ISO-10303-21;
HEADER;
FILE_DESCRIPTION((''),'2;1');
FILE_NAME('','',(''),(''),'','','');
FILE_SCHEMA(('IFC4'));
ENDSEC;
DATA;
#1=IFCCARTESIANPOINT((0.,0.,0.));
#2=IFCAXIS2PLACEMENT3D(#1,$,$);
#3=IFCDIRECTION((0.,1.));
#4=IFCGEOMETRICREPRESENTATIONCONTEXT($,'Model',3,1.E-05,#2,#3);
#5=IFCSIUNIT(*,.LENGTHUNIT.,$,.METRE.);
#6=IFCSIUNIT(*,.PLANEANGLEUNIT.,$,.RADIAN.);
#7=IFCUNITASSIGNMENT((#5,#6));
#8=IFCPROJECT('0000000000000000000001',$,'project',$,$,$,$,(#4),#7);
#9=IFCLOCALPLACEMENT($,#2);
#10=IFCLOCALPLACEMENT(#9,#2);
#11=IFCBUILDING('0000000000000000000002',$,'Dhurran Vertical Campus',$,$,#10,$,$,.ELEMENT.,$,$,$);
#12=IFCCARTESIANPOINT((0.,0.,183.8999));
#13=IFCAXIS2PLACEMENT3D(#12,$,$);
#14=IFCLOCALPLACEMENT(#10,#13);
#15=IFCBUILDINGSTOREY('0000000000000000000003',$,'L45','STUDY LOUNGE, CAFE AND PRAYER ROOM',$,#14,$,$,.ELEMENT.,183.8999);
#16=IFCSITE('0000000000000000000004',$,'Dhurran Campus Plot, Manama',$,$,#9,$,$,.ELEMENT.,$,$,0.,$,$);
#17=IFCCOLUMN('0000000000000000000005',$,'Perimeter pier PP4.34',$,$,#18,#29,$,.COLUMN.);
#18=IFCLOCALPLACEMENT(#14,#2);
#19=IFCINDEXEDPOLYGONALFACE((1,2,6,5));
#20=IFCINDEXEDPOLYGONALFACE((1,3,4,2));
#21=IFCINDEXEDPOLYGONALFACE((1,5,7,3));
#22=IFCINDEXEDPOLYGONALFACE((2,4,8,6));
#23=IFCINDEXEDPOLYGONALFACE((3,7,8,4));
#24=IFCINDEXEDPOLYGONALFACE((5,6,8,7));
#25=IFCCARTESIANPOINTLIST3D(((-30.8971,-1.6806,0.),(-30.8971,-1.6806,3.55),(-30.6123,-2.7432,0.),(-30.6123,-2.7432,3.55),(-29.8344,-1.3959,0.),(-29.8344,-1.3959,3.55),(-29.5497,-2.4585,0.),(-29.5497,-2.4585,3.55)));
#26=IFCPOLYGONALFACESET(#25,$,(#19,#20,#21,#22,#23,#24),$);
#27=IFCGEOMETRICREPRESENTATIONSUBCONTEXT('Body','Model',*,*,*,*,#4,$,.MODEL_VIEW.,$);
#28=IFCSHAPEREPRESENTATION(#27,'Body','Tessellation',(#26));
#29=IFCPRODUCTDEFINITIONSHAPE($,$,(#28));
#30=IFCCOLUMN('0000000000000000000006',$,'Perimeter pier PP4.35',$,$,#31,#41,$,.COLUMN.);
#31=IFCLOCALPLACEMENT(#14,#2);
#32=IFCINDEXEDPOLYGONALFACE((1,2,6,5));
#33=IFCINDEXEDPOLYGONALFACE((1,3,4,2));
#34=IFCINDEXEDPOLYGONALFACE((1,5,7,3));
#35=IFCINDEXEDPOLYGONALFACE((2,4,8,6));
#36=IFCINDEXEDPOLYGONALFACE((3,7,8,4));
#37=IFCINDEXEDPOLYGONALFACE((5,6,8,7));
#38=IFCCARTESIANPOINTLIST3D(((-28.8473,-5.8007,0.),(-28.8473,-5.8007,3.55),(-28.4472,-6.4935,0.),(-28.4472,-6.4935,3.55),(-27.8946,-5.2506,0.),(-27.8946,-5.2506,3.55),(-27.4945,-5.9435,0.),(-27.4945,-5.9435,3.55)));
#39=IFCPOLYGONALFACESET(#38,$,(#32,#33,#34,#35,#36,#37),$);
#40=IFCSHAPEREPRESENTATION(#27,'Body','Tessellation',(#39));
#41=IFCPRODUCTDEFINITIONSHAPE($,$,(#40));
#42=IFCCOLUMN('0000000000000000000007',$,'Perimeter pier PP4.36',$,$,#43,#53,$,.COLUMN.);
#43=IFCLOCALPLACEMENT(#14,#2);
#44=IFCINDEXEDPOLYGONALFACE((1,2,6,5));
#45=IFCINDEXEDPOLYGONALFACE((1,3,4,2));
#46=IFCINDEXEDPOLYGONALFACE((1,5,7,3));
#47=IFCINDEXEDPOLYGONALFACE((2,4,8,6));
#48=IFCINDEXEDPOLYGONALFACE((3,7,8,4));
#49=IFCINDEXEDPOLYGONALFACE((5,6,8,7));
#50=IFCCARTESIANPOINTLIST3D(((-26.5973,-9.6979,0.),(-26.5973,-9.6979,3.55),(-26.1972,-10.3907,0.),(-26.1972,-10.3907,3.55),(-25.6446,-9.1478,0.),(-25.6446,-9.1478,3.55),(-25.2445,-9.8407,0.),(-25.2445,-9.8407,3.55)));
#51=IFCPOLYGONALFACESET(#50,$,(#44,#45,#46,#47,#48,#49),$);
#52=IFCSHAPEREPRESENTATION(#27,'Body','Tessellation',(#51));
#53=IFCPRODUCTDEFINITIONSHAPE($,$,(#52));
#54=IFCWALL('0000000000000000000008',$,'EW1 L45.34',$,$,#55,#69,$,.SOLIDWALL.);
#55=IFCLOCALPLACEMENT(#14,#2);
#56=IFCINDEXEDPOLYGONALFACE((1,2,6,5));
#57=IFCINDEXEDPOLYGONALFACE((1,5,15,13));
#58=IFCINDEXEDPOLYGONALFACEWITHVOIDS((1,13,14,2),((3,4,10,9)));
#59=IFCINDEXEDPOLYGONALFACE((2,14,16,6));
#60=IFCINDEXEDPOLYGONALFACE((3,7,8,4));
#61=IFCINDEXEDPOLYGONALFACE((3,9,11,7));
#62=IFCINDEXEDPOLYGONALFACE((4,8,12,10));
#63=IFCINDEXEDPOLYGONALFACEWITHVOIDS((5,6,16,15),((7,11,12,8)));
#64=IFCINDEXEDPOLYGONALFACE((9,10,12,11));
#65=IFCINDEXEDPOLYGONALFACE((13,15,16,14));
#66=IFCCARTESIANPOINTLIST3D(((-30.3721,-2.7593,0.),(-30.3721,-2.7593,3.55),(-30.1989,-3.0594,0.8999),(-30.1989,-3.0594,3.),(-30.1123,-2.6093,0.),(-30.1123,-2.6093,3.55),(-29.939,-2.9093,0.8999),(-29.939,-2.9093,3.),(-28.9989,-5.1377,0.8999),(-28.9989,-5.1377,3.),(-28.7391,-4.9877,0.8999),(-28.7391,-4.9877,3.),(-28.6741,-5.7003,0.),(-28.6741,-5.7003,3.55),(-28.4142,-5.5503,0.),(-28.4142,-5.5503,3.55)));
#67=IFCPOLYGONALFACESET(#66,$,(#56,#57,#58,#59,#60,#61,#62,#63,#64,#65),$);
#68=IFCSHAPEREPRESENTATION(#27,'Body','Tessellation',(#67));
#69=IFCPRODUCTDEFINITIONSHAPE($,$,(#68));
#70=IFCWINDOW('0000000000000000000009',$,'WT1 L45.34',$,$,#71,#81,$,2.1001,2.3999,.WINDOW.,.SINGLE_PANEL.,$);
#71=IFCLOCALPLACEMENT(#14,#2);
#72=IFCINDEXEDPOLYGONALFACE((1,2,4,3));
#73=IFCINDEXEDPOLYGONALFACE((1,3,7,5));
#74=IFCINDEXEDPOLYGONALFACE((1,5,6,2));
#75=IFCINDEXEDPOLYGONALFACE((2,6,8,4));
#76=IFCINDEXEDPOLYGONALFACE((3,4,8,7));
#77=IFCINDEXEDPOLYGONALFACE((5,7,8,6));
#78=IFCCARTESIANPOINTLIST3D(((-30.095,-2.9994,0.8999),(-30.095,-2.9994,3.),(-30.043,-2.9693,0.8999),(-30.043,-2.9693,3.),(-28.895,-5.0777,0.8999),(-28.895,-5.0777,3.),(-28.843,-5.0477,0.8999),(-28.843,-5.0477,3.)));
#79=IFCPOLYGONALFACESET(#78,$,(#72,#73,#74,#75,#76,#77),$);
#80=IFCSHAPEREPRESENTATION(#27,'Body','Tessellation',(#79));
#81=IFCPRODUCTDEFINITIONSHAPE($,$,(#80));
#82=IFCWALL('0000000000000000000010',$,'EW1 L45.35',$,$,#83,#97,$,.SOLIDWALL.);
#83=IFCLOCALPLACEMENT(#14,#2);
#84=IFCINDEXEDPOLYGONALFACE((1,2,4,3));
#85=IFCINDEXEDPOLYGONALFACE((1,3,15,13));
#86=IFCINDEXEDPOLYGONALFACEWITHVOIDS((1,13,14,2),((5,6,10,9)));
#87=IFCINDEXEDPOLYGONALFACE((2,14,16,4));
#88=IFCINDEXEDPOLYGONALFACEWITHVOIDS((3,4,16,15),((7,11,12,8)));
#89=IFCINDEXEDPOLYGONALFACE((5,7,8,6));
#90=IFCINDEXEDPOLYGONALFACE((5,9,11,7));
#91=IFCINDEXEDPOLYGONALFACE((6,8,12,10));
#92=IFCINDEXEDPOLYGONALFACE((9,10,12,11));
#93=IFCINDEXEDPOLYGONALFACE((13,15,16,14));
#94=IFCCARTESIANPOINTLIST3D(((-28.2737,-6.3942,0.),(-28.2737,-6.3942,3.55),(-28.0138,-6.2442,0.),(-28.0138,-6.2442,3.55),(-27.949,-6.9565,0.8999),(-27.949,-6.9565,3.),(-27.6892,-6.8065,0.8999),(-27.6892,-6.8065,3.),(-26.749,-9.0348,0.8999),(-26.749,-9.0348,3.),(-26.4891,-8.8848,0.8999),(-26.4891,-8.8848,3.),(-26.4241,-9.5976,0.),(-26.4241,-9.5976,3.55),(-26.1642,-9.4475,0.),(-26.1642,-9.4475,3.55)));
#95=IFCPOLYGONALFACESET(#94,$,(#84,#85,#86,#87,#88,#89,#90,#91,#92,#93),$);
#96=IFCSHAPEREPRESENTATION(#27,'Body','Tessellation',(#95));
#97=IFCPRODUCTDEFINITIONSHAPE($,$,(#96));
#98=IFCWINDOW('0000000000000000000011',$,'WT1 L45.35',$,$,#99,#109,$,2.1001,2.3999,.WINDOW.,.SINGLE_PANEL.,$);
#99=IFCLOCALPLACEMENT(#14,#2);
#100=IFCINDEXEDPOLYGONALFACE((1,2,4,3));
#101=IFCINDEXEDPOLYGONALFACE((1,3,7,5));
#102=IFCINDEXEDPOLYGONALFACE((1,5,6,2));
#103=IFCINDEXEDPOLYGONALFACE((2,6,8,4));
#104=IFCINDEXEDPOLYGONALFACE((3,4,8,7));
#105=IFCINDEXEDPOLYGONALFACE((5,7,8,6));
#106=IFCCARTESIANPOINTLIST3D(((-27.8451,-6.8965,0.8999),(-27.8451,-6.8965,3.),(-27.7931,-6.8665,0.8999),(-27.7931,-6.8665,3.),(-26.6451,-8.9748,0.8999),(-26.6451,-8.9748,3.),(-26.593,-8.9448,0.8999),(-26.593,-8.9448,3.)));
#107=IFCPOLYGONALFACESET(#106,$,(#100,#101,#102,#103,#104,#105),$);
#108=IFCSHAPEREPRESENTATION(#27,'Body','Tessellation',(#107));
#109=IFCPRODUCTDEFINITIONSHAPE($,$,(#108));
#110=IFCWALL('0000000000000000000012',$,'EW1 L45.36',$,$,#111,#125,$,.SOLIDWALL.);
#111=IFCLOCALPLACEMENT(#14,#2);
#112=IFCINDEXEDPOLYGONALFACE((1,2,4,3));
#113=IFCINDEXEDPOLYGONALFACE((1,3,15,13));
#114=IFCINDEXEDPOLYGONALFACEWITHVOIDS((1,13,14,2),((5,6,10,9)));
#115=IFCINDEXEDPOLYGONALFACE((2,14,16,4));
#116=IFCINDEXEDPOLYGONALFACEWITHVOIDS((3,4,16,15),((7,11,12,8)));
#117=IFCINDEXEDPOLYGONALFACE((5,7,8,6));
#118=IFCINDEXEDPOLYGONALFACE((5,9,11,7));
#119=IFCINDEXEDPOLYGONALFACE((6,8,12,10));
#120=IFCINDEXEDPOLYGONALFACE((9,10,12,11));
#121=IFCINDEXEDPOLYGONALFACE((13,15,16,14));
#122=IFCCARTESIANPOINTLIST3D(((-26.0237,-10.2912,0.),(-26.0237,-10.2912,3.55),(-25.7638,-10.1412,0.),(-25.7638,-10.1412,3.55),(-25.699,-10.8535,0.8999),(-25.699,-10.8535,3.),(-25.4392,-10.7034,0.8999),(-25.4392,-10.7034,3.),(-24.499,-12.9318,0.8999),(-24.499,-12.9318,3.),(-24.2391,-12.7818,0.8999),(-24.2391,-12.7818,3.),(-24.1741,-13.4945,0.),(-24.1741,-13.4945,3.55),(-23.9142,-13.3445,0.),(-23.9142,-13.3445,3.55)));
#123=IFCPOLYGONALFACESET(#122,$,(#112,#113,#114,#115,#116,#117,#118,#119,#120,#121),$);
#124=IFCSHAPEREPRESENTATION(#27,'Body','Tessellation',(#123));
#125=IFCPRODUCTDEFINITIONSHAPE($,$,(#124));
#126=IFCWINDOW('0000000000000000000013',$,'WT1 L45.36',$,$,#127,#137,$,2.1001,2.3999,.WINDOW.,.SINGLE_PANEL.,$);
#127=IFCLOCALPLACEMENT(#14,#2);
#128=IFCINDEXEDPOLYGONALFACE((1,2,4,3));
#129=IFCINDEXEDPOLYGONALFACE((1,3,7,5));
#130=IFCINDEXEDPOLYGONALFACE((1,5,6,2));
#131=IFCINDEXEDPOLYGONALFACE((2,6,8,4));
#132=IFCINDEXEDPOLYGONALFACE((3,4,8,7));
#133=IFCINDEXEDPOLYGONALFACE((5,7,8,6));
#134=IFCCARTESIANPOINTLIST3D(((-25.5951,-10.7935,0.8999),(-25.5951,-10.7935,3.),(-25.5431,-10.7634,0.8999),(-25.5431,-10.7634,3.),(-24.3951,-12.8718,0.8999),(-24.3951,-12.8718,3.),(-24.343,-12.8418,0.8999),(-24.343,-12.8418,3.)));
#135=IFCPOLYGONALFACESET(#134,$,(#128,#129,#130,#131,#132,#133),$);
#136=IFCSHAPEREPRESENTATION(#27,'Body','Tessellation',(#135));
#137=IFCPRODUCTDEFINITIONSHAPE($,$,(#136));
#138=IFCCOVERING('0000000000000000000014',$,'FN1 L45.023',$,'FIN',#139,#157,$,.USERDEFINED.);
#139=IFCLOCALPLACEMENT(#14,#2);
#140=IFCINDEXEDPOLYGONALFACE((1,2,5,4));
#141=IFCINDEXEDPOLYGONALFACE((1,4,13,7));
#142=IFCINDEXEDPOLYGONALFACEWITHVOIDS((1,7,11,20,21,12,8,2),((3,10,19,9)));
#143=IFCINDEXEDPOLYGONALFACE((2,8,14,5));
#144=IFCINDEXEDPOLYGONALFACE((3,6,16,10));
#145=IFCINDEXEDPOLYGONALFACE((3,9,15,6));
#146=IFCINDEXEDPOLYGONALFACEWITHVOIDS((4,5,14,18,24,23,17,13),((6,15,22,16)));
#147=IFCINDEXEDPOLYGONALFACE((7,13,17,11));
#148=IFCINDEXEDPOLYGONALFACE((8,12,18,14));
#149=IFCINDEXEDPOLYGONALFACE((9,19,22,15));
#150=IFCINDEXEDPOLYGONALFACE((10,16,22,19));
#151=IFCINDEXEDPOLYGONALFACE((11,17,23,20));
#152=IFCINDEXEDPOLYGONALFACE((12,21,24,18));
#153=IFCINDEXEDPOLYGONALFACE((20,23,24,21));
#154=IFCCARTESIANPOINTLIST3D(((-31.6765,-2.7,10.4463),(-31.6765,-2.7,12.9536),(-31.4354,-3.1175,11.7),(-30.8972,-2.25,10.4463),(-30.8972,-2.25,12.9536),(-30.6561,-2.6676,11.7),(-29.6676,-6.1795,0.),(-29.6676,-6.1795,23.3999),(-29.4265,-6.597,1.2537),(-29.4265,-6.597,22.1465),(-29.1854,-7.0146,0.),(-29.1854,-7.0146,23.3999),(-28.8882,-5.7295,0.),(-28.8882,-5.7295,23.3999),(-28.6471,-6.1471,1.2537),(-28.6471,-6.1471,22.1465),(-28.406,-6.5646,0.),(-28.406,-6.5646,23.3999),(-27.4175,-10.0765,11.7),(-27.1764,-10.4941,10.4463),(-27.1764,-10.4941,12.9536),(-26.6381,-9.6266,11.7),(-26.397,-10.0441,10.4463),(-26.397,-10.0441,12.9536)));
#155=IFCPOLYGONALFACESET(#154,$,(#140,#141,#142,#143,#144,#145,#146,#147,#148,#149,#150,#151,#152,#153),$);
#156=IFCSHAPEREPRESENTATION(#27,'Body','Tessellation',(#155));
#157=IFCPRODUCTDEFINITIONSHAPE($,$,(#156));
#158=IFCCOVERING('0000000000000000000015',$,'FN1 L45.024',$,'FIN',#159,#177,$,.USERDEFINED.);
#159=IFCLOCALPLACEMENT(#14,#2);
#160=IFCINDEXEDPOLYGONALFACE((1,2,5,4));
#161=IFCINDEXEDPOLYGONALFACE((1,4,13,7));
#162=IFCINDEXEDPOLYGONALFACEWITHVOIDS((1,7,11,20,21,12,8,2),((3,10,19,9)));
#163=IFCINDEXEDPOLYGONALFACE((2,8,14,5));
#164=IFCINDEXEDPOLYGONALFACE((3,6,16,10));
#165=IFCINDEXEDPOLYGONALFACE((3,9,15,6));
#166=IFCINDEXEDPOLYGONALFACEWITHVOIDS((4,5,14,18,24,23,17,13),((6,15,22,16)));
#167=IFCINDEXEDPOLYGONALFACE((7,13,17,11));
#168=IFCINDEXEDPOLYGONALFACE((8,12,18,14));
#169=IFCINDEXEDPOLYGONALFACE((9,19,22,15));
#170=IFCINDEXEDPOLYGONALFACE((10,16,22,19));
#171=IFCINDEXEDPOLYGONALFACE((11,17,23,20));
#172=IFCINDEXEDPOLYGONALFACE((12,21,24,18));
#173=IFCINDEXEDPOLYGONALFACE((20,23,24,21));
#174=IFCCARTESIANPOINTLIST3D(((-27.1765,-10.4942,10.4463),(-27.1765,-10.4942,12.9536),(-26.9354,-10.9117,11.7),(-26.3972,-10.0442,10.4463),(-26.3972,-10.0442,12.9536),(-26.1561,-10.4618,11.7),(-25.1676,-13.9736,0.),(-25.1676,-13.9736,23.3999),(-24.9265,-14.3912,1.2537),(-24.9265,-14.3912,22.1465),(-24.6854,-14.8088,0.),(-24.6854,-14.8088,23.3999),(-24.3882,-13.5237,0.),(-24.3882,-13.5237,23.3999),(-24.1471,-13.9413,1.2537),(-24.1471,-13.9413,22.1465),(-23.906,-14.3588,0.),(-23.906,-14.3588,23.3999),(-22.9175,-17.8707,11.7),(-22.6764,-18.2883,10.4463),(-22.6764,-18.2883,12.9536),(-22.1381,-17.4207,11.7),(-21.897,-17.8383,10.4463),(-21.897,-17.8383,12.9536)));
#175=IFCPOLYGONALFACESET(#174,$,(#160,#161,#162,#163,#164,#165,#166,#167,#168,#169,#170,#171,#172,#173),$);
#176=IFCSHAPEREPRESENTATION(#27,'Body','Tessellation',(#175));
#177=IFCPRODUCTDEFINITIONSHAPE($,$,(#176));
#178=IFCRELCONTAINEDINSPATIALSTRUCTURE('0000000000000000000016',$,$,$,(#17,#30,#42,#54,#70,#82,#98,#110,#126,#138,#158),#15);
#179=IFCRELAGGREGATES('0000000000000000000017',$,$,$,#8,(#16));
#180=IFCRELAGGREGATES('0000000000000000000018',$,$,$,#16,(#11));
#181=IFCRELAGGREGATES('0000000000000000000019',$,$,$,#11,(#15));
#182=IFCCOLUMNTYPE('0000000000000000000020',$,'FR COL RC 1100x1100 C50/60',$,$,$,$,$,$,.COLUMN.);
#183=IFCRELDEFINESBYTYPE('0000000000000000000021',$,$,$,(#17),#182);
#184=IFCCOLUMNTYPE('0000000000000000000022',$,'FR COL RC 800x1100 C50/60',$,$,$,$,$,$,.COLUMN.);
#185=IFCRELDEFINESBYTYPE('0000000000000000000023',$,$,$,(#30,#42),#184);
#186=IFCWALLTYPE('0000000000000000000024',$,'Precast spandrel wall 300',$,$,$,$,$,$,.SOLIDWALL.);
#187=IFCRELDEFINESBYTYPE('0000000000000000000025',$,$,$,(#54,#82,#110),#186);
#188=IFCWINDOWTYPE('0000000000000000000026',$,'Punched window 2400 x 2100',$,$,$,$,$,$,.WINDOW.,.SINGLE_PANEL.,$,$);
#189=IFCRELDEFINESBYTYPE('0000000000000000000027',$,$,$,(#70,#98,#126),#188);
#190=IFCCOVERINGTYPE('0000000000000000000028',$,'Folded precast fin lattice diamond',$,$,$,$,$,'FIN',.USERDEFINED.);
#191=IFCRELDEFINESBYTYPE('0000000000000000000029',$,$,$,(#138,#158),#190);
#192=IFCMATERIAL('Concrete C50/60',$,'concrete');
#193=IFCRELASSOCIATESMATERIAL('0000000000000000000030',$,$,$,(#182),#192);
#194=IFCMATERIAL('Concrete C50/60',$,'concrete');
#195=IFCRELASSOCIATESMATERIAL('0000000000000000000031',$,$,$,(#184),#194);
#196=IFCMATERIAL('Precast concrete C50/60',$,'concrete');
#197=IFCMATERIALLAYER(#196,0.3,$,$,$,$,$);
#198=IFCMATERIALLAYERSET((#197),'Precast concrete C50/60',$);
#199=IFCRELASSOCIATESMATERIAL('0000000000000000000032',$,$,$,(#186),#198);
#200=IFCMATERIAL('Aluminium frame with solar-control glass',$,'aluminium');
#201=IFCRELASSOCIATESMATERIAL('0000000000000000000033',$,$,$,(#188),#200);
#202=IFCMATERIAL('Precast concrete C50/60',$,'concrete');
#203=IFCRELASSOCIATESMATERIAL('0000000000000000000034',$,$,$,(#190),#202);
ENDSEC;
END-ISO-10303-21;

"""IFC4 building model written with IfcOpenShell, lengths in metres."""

from ifc_helpers import new_model, si_unit, direction, frame, frame_2d, origin, origin_2d, place, context, subcontext, project, spatial, polyline, rectangle, outline, extrude, material, layer, layer_set, material_profile, profile_set, type_object, element, fill, save


model = new_model("IFC4")

# Units and contexts
model_context = context("Model", 3, precision=1e-05, world=origin(), true_north=direction((0.0, 1.0)))
body_context = subcontext(model_context, "Body", "Model", "MODEL_VIEW")
ifc_project = project(units=[si_unit("LENGTHUNIT", "METRE"), si_unit("PLANEANGLEUNIT", "RADIAN")], contexts=[model_context])

# Site, building, storey
site_placement = place(None, origin())
site = spatial("IfcSite", under=ifc_project, at=site_placement, Name="Dhurran Campus Plot, Manama", CompositionType="ELEMENT", RefElevation=0.0)
building_placement = place(site_placement, origin())
building = spatial("IfcBuilding", under=site, at=building_placement, Name="Dhurran Vertical Campus", CompositionType="ELEMENT")
storey_placement = place(building_placement, frame((0.0, 0.0, 183.8999)))
storey = spatial("IfcBuildingStorey", under=building, at=storey_placement, Name="L45", Description="STUDY LOUNGE, CAFE AND PRAYER ROOM", CompositionType="ELEMENT", Elevation=183.8999)

# Columns
ifc_material_1 = material(Name="Concrete C50/60", Category="concrete")
ifc_material_profile_1 = material_profile(ifc_material_1, rectangle(XDim=1.1001, YDim=1.1001, at=origin_2d()), Name="RC 1100x1100")
ifc_profile_set_1 = profile_set([ifc_material_profile_1], Name="Concrete C50/60")
column_type_1 = type_object("IfcColumnType", Name="FR COL RC 1100x1100 C50/60", PredefinedType="COLUMN", material=ifc_profile_set_1)
column_placement = place(storey_placement, frame((-30.2234, -2.0696, 0.0), z_axis=(0.0, 0.0, 1.0), x_axis=(0.258819, -0.965926, 0.0)))
element("IfcColumn", 1, at=column_placement, inside=storey, type_object=column_type_1, Name="Perimeter pier PP4.34", PredefinedType="COLUMN", context=body_context, shape_type="SweptSolid", body=[
    extrude(rectangle(XDim=1.1001, YDim=1.1001, at=origin_2d()), origin(), (0.0, 0.0, 1.0), 3.55),
])
ifc_material_2 = material(Name="Concrete C50/60", Category="concrete")
ifc_material_profile_2 = material_profile(ifc_material_2, rectangle(XDim=0.8, YDim=1.1001, at=origin_2d()), Name="RC 800x1100")
ifc_profile_set_2 = profile_set([ifc_material_profile_2], Name="Concrete C50/60")
column_type_2 = type_object("IfcColumnType", Name="FR COL RC 800x1100 C50/60", PredefinedType="COLUMN", material=ifc_profile_set_2)
for number, where, z_axis, x_axis, name in (
    (2, (-28.1709, -5.8721, 0.0), (0.0, 0.0, 1.0), (0.5, -0.866025, 0.0), "Perimeter pier PP4.35"),
    (3, (-25.9209, -9.7693, 0.0), (0.0, 0.0, 1.0), (0.5, -0.866025, 0.0), "Perimeter pier PP4.36"),
):
    element("IfcColumn", number, at=place(storey_placement, frame(where, z_axis=z_axis, x_axis=x_axis)), inside=storey, type_object=column_type_2, Name=name, PredefinedType="COLUMN", context=body_context, shape_type="SweptSolid", body=[
        extrude(rectangle(XDim=0.8, YDim=1.1001, at=origin_2d()), origin(), (0.0, 0.0, 1.0), 3.55),
    ])

# Walls, openings, windows
ifc_material_3 = material(Name="Precast concrete C50/60", Category="concrete")
ifc_layer = layer(ifc_material_3, 0.3)
ifc_layer_set = layer_set([ifc_layer], Name="Precast concrete C50/60")
wall_type = type_object("IfcWallType", Name="Precast spandrel wall 300", PredefinedType="SOLIDWALL", material=ifc_layer_set)
wall_1_placement = place(storey_placement, frame((-30.2422, -2.6843, 0.0), z_axis=(0.0, 0.0, 1.0), x_axis=(0.500013, -0.866018, 0.0)))
wall_1 = element("IfcWall", 4, at=wall_1_placement, inside=storey, type_object=wall_type, Name="EW1 L45.34", PredefinedType="SOLIDWALL", context=body_context, shape_type="SweptSolid", body=[
    extrude(rectangle(XDim=3.396, YDim=0.3, at=frame_2d((1.698, 0.0))), origin(), (0.0, 0.0, 1.0), 3.55),
])
opening_1_placement = place(wall_1_placement, frame((0.3464, 0.0, 0.8999)))
opening_1 = element("IfcOpeningElement", 5, at=opening_1_placement, cuts=wall_1, PredefinedType="OPENING", context=body_context, shape_type="SweptSolid", body=[
    extrude(rectangle(XDim=2.3999, YDim=2.1001, at=frame_2d((1.2, 1.05))), frame((0.0, 0.1599, 0.0), z_axis=(0.0, -1.0, 0.0), x_axis=(1.0, 0.0, 0.0)), (0.0, 0.0, 1.0), 0.3201),
])
ifc_material_4 = material(Name="Aluminium frame with solar-control glass", Category="aluminium")
window_type = type_object("IfcWindowType", Name="Punched window 2400 x 2100", PartitioningType="SINGLE_PANEL", PredefinedType="WINDOW", material=ifc_material_4)
window_1_placement = place(opening_1_placement, origin())
window_1 = element("IfcWindow", 6, at=window_1_placement, inside=storey, type_object=window_type, Name="WT1 L45.34", OverallHeight=2.1001, OverallWidth=2.3999, PartitioningType="SINGLE_PANEL", PredefinedType="WINDOW", context=body_context, shape_type="SweptSolid", body=[
    extrude(rectangle(XDim=2.3999, YDim=2.1001, at=frame_2d((1.2, 1.05))), frame((0.0, 0.03, 0.0), z_axis=(0.0, -1.0, 0.0), x_axis=(1.0, 0.0, 0.0)), (0.0, 0.0, 1.0), 0.0601),
])
fill(opening_1, window_1)
wall_2_placement = place(storey_placement, frame((-28.1438, -6.3191, 0.0), z_axis=(0.0, 0.0, 1.0), x_axis=(0.500029, -0.866009, 0.0)))
wall_2 = element("IfcWall", 7, at=wall_2_placement, inside=storey, type_object=wall_type, Name="EW1 L45.35", PredefinedType="SOLIDWALL", context=body_context, shape_type="SweptSolid", body=[
    extrude(rectangle(XDim=3.699, YDim=0.3, at=frame_2d((1.8496, 0.0))), origin(), (0.0, 0.0, 1.0), 3.55),
])
opening_2_placement = place(wall_2_placement, frame((0.6494, 0.0, 0.8999)))
opening_2 = element("IfcOpeningElement", 8, at=opening_2_placement, cuts=wall_2, PredefinedType="OPENING", context=body_context, shape_type="SweptSolid", body=[
    extrude(rectangle(XDim=2.3999, YDim=2.1001, at=frame_2d((1.2, 1.05))), frame((0.0, 0.1599, 0.0), z_axis=(0.0, -1.0, 0.0), x_axis=(1.0, 0.0, 0.0)), (0.0, 0.0, 1.0), 0.3201),
])
window_2_placement = place(opening_2_placement, origin())
window_2 = element("IfcWindow", 9, at=window_2_placement, inside=storey, type_object=window_type, Name="WT1 L45.35", OverallHeight=2.1001, OverallWidth=2.3999, PartitioningType="SINGLE_PANEL", PredefinedType="WINDOW", context=body_context, shape_type="SweptSolid", body=[
    extrude(rectangle(XDim=2.3999, YDim=2.1001, at=frame_2d((1.2, 1.05))), frame((0.0, 0.03, 0.0), z_axis=(0.0, -1.0, 0.0), x_axis=(1.0, 0.0, 0.0)), (0.0, 0.0, 1.0), 0.0601),
])
fill(opening_2, window_2)
wall_3_placement = place(storey_placement, frame((-25.8938, -10.2161, 0.0), z_axis=(0.0, 0.0, 1.0), x_axis=(0.500029, -0.866009, 0.0)))
wall_3 = element("IfcWall", 10, at=wall_3_placement, inside=storey, type_object=wall_type, Name="EW1 L45.36", PredefinedType="SOLIDWALL", context=body_context, shape_type="SweptSolid", body=[
    extrude(rectangle(XDim=3.699, YDim=0.3, at=frame_2d((1.8496, 0.0))), origin(), (0.0, 0.0, 1.0), 3.55),
])
opening_3_placement = place(wall_3_placement, frame((0.6494, 0.0, 0.8999)))
opening_3 = element("IfcOpeningElement", 11, at=opening_3_placement, cuts=wall_3, PredefinedType="OPENING", context=body_context, shape_type="SweptSolid", body=[
    extrude(rectangle(XDim=2.3999, YDim=2.1001, at=frame_2d((1.2, 1.05))), frame((0.0, 0.1599, 0.0), z_axis=(0.0, -1.0, 0.0), x_axis=(1.0, 0.0, 0.0)), (0.0, 0.0, 1.0), 0.3201),
])
window_3_placement = place(opening_3_placement, origin())
window_3 = element("IfcWindow", 12, at=window_3_placement, inside=storey, type_object=window_type, Name="WT1 L45.36", OverallHeight=2.1001, OverallWidth=2.3999, PartitioningType="SINGLE_PANEL", PredefinedType="WINDOW", context=body_context, shape_type="SweptSolid", body=[
    extrude(rectangle(XDim=2.3999, YDim=2.1001, at=frame_2d((1.2, 1.05))), frame((0.0, 0.03, 0.0), z_axis=(0.0, -1.0, 0.0), x_axis=(1.0, 0.0, 0.0)), (0.0, 0.0, 1.0), 0.0601),
])
fill(opening_3, window_3)

# Coverings
ifc_material_5 = material(Name="Precast concrete C50/60", Category="concrete")
covering_type = type_object("IfcCoveringType", Name="Folded precast fin lattice diamond", ElementType="FIN", PredefinedType="USERDEFINED", material=ifc_material_5)
for number, where, z_axis, x_axis, name in (
    (13, (-30.8972, -2.25, 0.0), (-0.866014, -0.50002, 0.0), (0.50002, -0.866014, 0.0), "FN1 L45.023"),
    (14, (-26.3972, -10.0442, 0.0), (-0.866014, -0.50002, 0.0), (0.50002, -0.866014, 0.0), "FN1 L45.024"),
):
    element("IfcCovering", number, at=place(storey_placement, frame(where, z_axis=z_axis, x_axis=x_axis)), inside=storey, type_object=covering_type, Name=name, ObjectType="FIN", PredefinedType="USERDEFINED", context=body_context, shape_type="SweptSolid", body=[
        extrude(outline(polyline([(9.0, 12.9536), (9.0, 10.4463), (4.9822, 0.0), (4.0178, 0.0), (0.0, 10.4463), (0.0, 12.9536), (4.0178, 23.3999), (4.9822, 23.3999), (9.0, 12.9536)]), holes=[polyline([(8.5178, 11.7), (4.5, 22.1465), (0.4822, 11.7), (4.5, 1.2537), (8.5178, 11.7)])]), origin(), (0.0, 0.0, 1.0), 0.8999),
    ])

save(model, "model.ifc")
